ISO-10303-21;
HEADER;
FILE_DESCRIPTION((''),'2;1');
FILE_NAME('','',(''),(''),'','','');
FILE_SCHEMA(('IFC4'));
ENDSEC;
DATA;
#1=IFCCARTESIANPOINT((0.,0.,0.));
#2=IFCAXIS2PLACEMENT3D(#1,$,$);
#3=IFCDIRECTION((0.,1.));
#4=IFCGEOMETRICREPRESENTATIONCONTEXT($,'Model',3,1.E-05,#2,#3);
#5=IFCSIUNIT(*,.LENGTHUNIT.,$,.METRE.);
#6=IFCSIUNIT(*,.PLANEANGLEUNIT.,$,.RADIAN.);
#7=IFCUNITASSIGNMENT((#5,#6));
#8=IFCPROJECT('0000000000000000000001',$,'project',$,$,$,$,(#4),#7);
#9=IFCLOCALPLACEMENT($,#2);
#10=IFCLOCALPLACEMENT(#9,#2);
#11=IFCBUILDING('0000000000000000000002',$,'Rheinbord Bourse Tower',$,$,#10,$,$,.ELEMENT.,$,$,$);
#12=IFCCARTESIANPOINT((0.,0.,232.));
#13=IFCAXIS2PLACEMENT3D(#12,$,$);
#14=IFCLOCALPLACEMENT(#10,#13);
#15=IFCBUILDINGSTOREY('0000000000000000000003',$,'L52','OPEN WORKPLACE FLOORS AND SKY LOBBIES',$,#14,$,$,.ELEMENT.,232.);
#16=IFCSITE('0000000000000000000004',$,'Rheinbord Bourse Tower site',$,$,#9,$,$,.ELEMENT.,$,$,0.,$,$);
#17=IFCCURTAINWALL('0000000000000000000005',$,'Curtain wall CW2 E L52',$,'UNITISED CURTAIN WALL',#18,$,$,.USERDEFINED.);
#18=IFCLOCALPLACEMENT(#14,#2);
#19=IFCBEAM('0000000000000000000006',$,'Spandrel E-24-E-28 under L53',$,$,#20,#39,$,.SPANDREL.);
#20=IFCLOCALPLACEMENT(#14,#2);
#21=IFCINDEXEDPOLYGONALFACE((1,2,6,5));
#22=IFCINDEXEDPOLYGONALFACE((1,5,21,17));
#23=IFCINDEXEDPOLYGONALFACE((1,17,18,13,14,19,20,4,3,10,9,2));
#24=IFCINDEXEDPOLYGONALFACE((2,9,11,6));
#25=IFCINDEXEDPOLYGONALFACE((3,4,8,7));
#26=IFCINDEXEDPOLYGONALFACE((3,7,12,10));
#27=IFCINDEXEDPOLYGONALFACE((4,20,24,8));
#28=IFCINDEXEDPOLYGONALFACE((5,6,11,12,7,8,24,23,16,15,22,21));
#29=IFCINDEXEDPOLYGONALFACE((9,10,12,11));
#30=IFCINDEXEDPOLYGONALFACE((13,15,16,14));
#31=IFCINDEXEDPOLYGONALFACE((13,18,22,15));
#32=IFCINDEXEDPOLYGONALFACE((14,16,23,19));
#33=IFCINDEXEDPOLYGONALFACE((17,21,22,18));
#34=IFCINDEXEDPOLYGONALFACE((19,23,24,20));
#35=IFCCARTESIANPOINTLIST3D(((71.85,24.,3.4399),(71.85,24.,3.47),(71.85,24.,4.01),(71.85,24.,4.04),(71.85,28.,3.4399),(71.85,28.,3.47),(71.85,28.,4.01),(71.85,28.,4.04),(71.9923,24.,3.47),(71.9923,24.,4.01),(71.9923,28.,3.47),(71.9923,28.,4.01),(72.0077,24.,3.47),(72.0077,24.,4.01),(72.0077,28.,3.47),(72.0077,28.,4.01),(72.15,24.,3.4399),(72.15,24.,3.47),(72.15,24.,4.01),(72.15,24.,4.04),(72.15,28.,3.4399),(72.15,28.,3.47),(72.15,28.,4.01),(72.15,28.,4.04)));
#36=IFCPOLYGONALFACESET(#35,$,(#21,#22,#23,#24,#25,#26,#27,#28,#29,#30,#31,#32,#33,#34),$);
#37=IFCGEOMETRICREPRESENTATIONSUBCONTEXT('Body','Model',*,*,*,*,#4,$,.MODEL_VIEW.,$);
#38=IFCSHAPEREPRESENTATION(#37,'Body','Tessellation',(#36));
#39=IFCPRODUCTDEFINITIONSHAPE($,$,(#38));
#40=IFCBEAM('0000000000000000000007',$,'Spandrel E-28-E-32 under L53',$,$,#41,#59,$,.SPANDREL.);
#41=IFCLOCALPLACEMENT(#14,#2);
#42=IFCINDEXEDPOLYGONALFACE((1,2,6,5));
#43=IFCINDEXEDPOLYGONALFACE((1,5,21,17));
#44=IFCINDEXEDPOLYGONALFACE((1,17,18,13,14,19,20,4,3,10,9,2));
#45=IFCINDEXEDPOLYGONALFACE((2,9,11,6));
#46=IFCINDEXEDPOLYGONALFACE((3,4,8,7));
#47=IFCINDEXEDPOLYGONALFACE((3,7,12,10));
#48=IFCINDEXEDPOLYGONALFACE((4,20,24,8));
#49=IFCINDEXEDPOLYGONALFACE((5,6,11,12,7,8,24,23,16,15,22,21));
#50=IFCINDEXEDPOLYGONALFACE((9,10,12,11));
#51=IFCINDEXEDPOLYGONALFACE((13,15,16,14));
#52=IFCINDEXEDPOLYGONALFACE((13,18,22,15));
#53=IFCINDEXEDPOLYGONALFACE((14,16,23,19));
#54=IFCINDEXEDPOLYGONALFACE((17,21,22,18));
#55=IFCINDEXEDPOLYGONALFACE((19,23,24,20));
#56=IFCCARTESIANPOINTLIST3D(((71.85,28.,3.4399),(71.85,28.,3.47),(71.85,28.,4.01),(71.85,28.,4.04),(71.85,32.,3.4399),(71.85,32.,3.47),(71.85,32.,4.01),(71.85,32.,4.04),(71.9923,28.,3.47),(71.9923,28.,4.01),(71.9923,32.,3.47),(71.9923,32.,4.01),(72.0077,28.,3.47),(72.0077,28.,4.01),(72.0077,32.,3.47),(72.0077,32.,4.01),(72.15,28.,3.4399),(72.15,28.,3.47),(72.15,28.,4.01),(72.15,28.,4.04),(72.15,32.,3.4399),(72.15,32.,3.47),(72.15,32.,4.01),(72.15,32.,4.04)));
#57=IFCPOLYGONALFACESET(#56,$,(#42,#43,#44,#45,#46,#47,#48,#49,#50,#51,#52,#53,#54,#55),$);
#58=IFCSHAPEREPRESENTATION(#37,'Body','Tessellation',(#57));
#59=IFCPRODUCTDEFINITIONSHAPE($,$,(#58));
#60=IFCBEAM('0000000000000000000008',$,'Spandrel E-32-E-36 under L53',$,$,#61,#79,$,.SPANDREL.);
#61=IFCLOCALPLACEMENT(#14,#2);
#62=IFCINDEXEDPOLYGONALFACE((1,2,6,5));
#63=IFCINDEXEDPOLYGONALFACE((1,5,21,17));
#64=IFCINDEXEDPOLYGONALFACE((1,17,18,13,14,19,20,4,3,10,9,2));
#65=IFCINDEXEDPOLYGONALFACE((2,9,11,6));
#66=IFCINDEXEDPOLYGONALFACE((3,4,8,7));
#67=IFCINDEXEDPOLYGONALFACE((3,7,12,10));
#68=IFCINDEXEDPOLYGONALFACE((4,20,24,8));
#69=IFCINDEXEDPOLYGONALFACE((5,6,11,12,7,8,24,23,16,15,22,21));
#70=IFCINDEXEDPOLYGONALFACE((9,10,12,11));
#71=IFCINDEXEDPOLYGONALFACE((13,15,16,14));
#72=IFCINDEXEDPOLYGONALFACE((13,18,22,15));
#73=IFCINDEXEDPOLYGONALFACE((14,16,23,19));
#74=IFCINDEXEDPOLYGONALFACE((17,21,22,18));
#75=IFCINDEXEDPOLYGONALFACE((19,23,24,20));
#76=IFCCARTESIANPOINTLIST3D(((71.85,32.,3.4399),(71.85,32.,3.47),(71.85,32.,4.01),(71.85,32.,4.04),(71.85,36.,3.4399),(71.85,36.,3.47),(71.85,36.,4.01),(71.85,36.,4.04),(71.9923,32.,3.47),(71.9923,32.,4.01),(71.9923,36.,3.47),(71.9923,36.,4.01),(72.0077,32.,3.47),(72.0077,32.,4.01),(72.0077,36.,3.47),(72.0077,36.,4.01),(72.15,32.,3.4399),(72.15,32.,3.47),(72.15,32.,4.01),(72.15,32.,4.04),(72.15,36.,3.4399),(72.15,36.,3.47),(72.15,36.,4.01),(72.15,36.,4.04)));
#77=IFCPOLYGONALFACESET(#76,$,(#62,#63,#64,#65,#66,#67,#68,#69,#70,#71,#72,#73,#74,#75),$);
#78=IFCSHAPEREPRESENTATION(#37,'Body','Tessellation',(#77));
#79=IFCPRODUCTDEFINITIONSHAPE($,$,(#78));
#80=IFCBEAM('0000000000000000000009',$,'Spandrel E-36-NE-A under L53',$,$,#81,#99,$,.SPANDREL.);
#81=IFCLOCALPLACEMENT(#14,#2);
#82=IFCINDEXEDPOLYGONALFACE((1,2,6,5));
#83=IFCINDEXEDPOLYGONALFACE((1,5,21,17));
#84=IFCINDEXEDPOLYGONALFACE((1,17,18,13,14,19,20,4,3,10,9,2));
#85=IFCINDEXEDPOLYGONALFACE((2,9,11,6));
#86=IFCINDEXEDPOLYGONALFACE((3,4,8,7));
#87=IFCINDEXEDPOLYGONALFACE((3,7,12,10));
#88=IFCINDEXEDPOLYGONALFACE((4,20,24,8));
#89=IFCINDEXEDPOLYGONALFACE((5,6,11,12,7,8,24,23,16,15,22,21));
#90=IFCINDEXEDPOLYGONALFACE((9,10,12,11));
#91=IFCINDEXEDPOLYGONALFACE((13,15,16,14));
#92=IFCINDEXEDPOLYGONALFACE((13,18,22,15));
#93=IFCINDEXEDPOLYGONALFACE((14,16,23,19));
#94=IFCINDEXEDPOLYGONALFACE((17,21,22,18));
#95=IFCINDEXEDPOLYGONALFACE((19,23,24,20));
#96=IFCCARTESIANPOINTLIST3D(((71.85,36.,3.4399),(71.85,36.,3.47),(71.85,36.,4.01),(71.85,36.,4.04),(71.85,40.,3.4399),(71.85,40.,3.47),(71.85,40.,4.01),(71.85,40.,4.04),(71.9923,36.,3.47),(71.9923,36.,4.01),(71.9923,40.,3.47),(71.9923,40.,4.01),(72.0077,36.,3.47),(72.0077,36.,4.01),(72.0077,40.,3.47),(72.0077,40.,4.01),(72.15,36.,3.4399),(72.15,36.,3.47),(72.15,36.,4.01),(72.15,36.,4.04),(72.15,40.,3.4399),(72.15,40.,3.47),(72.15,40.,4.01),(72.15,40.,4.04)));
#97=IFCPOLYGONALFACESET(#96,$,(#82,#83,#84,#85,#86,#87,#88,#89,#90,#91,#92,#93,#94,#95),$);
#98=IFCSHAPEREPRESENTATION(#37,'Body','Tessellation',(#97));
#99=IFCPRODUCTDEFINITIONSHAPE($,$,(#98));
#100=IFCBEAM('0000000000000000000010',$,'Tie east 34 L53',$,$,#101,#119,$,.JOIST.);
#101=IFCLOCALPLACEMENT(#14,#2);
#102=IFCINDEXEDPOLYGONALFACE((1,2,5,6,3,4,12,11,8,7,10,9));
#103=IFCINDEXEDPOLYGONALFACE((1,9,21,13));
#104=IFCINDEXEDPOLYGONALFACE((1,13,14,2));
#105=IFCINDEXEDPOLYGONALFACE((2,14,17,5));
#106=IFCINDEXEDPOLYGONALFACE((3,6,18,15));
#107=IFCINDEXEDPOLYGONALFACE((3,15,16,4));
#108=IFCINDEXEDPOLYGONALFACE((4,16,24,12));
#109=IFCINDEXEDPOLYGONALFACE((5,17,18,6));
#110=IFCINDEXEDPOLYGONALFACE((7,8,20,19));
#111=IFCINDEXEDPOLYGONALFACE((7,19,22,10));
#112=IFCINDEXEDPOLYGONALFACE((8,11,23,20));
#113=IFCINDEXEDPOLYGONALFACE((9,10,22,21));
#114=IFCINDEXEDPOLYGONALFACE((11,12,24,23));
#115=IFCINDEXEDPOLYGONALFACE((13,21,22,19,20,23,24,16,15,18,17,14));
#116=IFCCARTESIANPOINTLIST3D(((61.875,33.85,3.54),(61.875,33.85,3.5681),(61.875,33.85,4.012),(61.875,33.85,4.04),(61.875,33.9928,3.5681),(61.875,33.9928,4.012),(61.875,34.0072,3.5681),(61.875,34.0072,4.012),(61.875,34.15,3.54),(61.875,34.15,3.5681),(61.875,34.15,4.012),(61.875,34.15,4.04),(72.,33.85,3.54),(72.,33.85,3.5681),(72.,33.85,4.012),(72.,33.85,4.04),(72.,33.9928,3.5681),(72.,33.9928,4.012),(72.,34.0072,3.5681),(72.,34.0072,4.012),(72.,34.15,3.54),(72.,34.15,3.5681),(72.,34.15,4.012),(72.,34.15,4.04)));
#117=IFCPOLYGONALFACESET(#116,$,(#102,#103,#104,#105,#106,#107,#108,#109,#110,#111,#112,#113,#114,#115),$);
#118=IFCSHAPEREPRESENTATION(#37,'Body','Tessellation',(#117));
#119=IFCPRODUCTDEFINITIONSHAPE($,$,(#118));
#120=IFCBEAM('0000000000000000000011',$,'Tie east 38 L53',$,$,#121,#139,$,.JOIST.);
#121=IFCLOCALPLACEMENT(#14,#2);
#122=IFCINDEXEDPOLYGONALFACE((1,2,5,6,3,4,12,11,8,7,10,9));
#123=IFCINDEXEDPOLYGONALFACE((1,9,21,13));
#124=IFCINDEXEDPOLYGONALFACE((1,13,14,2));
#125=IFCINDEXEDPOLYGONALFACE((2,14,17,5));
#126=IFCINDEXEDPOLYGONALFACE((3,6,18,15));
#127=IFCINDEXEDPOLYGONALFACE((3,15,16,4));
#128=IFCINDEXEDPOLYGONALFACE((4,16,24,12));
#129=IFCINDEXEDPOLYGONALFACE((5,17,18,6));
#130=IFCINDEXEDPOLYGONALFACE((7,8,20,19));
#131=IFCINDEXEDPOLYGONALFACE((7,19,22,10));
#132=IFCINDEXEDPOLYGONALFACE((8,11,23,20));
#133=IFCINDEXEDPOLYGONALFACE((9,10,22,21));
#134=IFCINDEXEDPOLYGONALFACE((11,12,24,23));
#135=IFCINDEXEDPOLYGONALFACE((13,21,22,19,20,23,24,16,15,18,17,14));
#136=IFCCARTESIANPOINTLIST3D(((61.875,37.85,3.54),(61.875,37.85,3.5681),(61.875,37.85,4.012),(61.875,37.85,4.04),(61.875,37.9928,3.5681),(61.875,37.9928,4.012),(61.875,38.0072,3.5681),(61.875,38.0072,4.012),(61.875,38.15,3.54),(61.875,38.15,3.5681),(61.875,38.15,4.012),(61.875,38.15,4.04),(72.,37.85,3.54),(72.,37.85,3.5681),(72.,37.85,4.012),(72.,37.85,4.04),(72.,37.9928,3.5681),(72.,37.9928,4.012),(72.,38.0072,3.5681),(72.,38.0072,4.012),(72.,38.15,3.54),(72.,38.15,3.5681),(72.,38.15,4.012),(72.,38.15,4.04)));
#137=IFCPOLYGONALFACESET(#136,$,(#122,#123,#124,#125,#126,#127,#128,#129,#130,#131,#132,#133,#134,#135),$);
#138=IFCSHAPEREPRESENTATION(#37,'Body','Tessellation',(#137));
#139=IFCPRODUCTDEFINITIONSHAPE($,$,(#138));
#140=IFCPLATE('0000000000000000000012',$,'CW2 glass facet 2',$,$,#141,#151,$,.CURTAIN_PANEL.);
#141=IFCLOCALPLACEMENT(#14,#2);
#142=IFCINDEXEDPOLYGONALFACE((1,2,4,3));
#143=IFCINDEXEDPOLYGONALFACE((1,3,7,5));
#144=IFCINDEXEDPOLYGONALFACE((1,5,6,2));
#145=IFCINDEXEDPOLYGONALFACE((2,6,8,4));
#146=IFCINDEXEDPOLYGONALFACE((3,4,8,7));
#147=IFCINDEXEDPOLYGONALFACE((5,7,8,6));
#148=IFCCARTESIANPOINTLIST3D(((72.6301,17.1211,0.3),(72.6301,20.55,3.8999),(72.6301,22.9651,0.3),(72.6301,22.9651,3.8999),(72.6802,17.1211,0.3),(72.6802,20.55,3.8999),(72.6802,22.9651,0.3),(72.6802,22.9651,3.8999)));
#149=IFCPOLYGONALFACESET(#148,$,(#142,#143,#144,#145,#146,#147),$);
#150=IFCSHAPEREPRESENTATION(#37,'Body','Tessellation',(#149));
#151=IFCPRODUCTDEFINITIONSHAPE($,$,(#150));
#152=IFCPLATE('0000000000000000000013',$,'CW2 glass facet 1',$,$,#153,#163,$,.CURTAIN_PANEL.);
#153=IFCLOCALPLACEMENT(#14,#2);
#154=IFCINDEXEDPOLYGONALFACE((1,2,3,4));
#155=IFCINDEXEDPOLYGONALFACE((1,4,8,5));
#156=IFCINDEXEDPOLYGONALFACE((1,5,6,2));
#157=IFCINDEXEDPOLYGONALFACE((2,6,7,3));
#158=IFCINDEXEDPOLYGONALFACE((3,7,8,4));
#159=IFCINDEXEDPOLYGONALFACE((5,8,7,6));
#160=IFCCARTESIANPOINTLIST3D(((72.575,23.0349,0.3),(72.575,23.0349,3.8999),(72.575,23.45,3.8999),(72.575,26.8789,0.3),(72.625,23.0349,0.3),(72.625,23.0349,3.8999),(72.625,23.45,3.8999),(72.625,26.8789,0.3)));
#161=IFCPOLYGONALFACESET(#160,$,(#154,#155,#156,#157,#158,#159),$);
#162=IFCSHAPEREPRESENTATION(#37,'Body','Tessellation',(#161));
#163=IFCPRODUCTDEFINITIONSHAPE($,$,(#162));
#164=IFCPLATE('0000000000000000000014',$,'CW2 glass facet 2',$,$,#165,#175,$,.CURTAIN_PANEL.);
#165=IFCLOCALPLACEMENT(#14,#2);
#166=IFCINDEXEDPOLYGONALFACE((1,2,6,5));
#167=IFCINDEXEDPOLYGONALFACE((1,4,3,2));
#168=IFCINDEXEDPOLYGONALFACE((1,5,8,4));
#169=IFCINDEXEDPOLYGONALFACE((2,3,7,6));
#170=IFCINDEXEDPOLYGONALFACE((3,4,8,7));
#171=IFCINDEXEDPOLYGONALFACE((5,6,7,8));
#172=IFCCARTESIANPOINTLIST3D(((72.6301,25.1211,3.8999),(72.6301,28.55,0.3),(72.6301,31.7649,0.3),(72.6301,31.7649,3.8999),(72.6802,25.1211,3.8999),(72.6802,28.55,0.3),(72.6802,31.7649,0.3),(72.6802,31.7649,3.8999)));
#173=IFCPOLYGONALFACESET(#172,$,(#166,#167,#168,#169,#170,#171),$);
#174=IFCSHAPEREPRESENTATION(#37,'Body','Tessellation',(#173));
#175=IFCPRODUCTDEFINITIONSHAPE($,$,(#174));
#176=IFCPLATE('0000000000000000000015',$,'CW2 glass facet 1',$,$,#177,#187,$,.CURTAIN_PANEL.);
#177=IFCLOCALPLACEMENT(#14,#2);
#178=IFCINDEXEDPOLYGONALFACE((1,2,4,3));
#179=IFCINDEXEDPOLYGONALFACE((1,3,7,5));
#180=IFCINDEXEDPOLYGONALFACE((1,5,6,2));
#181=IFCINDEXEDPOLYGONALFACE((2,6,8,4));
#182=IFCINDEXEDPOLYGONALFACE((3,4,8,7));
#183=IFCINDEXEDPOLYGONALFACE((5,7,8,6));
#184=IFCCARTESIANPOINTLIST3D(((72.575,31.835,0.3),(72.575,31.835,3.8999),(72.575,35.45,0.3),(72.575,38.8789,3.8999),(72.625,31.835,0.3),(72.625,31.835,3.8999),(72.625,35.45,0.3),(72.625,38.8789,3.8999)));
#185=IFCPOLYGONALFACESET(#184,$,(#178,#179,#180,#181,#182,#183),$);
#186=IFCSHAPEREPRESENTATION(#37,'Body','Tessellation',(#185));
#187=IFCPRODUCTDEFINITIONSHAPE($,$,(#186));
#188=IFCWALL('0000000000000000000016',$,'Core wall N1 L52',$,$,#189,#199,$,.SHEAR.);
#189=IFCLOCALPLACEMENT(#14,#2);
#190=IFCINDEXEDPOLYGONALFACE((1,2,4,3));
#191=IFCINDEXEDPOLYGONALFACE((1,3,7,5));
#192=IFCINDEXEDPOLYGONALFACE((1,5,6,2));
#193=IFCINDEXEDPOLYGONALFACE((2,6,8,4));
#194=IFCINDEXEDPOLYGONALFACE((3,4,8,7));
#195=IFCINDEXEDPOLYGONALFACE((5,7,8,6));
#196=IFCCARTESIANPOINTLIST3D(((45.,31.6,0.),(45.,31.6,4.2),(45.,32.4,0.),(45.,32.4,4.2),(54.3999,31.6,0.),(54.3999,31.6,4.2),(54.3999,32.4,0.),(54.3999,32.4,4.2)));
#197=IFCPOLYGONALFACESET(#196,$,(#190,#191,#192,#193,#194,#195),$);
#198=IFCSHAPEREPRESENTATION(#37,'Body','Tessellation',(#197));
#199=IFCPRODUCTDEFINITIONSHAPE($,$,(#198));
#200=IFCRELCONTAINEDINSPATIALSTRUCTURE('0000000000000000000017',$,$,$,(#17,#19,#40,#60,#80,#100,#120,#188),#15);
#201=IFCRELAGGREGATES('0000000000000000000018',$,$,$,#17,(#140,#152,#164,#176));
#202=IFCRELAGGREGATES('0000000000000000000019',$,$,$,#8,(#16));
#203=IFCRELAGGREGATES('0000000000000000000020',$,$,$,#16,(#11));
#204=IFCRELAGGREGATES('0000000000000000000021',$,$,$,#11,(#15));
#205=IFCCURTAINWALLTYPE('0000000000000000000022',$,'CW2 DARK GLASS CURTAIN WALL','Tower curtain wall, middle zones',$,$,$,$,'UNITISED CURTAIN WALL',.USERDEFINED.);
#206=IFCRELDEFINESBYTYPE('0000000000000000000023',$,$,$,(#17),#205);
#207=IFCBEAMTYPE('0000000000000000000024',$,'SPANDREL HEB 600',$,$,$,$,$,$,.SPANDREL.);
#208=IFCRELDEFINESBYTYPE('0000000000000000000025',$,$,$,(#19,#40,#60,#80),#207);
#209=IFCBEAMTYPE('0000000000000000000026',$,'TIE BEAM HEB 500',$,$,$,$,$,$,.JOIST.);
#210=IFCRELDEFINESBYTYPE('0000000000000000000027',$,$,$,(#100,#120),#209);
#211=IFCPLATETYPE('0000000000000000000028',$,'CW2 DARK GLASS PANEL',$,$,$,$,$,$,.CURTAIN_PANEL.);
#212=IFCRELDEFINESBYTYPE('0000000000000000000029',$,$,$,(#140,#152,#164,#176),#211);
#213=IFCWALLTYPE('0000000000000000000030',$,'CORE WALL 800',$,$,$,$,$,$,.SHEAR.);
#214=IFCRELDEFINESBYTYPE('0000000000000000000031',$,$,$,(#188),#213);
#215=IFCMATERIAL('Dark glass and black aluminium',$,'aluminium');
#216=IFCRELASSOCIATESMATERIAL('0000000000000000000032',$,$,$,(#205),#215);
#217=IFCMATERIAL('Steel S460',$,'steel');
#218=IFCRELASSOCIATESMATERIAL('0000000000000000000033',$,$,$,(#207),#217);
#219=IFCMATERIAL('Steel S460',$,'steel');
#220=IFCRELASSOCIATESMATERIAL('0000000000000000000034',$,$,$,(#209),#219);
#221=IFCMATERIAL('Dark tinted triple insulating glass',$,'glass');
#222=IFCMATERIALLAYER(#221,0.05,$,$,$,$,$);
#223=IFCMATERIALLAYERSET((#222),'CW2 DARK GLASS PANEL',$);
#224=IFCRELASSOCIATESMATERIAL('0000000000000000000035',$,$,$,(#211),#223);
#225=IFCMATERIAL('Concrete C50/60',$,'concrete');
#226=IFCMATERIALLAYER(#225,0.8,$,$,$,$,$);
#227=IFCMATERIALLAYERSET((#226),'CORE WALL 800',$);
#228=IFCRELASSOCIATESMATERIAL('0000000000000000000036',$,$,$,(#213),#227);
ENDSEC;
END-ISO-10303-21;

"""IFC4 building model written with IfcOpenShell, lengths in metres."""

from ifc_helpers import new_model, si_unit, direction, frame, frame_2d, origin, origin_2d, place, context, subcontext, project, spatial, polyline, rectangle, i_section, outline, extrude, material, layer, layer_set, material_profile, profile_set, type_object, element, aggregate, save


model = new_model("IFC4")

# Units and contexts
model_context = context("Model", 3, precision=1e-05, world=origin(), true_north=direction((0.0, 1.0)))
body_context = subcontext(model_context, "Body", "Model", "MODEL_VIEW")
ifc_project = project(units=[si_unit("LENGTHUNIT", "METRE"), si_unit("PLANEANGLEUNIT", "RADIAN")], contexts=[model_context])

# Site, building, storey
site_placement = place(None, origin())
site = spatial("IfcSite", under=ifc_project, at=site_placement, Name="Rheinbord Bourse Tower site", CompositionType="ELEMENT", RefElevation=0.0)
building_placement = place(site_placement, origin())
building = spatial("IfcBuilding", under=site, at=building_placement, Name="Rheinbord Bourse Tower", CompositionType="ELEMENT")
storey_placement = place(building_placement, frame((0.0, 0.0, 232.0)))
storey = spatial("IfcBuildingStorey", under=building, at=storey_placement, Name="L52", Description="OPEN WORKPLACE FLOORS AND SKY LOBBIES", CompositionType="ELEMENT", Elevation=232.0)

# Curtain wall
ifc_material_1 = material(Name="Dark glass and black aluminium", Category="aluminium")
curtain_wall_type = type_object("IfcCurtainWallType", Name="CW2 DARK GLASS CURTAIN WALL", Description="Tower curtain wall, middle zones", ElementType="UNITISED CURTAIN WALL", PredefinedType="USERDEFINED", material=ifc_material_1)
curtain_wall_placement = place(storey_placement, origin())
curtain_wall = element("IfcCurtainWall", 1, at=curtain_wall_placement, inside=storey, type_object=curtain_wall_type, Name="Curtain wall CW2 E L52", ObjectType="UNITISED CURTAIN WALL", PredefinedType="USERDEFINED")

# Beams
ifc_material_2 = material(Name="Steel S460", Category="steel")
ifc_material_profile_1 = material_profile(ifc_material_2, i_section(OverallWidth=0.3, OverallDepth=0.6001, WebThickness=0.0154, FlangeThickness=0.03, at=origin_2d()), Name="HEB 600")
ifc_profile_set_1 = profile_set([ifc_material_profile_1], Name="Steel S460")
beam_type_1 = type_object("IfcBeamType", Name="SPANDREL HEB 600", PredefinedType="SPANDREL", material=ifc_profile_set_1)
for number, where, z_axis, x_axis, name in (
    (2, (72.0, 24.0, 3.74), (0.0, 1.0, 0.0), (-1.0, 0.0, 0.0), "Spandrel E-24-E-28 under L53"),
    (3, (72.0, 28.0, 3.74), (0.0, 1.0, 0.0), (-1.0, 0.0, 0.0), "Spandrel E-28-E-32 under L53"),
    (4, (72.0, 32.0, 3.74), (0.0, 1.0, 0.0), (-1.0, 0.0, 0.0), "Spandrel E-32-E-36 under L53"),
    (5, (72.0, 36.0, 3.74), (0.0, 1.0, 0.0), (-1.0, 0.0, 0.0), "Spandrel E-36-NE-A under L53"),
):
    element("IfcBeam", number, at=place(storey_placement, frame(where, z_axis=z_axis, x_axis=x_axis)), inside=storey, type_object=beam_type_1, Name=name, PredefinedType="SPANDREL", context=body_context, shape_type="SweptSolid", body=[
        extrude(i_section(OverallWidth=0.3, OverallDepth=0.6001, WebThickness=0.0154, FlangeThickness=0.03, at=origin_2d()), origin(), (0.0, 0.0, 1.0), 4.0),
    ])
ifc_material_3 = material(Name="Steel S460", Category="steel")
ifc_material_profile_2 = material_profile(ifc_material_3, i_section(OverallWidth=0.3, OverallDepth=0.5, WebThickness=0.0144, FlangeThickness=0.0281, at=origin_2d()), Name="HEB 500")
ifc_profile_set_2 = profile_set([ifc_material_profile_2], Name="Steel S460")
beam_type_2 = type_object("IfcBeamType", Name="TIE BEAM HEB 500", PredefinedType="JOIST", material=ifc_profile_set_2)
for number, where, z_axis, x_axis, name in (
    (6, (61.875, 34.0, 3.79), (1.0, 0.0, 0.0), (0.0, 1.0, 0.0), "Tie east 34 L53"),
    (7, (61.875, 38.0, 3.79), (1.0, 0.0, 0.0), (0.0, 1.0, 0.0), "Tie east 38 L53"),
):
    element("IfcBeam", number, at=place(storey_placement, frame(where, z_axis=z_axis, x_axis=x_axis)), inside=storey, type_object=beam_type_2, Name=name, PredefinedType="JOIST", context=body_context, shape_type="SweptSolid", body=[
        extrude(i_section(OverallWidth=0.3, OverallDepth=0.5, WebThickness=0.0144, FlangeThickness=0.0281, at=origin_2d()), origin(), (0.0, 0.0, 1.0), 10.125),
    ])

# Plates
ifc_material_4 = material(Name="Dark tinted triple insulating glass", Category="glass")
ifc_layer_1 = layer(ifc_material_4, 0.05)
ifc_layer_set_1 = layer_set([ifc_layer_1], Name="CW2 DARK GLASS PANEL")
plate_type = type_object("IfcPlateType", Name="CW2 DARK GLASS PANEL", PredefinedType="CURTAIN_PANEL", material=ifc_layer_set_1)
plate_1_placement = place(storey_placement, frame((72.6802, 22.9651, 3.8999), z_axis=(-1.0, 0.0, 0.0), x_axis=(0.0, 0.0, -1.0)))
plate_1 = element("IfcPlate", 8, at=plate_1_placement, type_object=plate_type, Name="CW2 glass facet 2", PredefinedType="CURTAIN_PANEL", context=body_context, shape_type="SweptSolid", body=[
    extrude(outline(polyline([(0.0, 0.0), (3.5999, 0.0), (3.5999, 5.844), (0.0, 2.415), (0.0, 0.0)])), origin(), (0.0, 0.0, 1.0), 0.05),
])
plate_2_placement = place(storey_placement, frame((72.625, 23.0349, 0.3), z_axis=(-1.0, 0.0, 0.0), x_axis=(0.0, 0.0, 1.0)))
plate_2 = element("IfcPlate", 9, at=plate_2_placement, type_object=plate_type, Name="CW2 glass facet 1", PredefinedType="CURTAIN_PANEL", context=body_context, shape_type="SweptSolid", body=[
    extrude(outline(polyline([(0.0, 0.0), (3.5999, 0.0), (3.5999, 0.415), (0.0, 3.844), (0.0, 0.0)])), origin(), (0.0, 0.0, 1.0), 0.05),
])
plate_3_placement = place(storey_placement, frame((72.6802, 31.7649, 3.8999), z_axis=(-1.0, 0.0, 0.0), x_axis=(0.0, 0.0, -1.0)))
plate_3 = element("IfcPlate", 10, at=plate_3_placement, type_object=plate_type, Name="CW2 glass facet 2", PredefinedType="CURTAIN_PANEL", context=body_context, shape_type="SweptSolid", body=[
    extrude(outline(polyline([(0.0, 0.0), (3.5999, 0.0), (3.5999, 3.2148), (0.0, 6.6438), (0.0, 0.0)])), origin(), (0.0, 0.0, 1.0), 0.05),
])
plate_4_placement = place(storey_placement, frame((72.625, 31.835, 0.3), z_axis=(-1.0, 0.0, 0.0), x_axis=(0.0, 0.0, 1.0)))
plate_4 = element("IfcPlate", 11, at=plate_4_placement, type_object=plate_type, Name="CW2 glass facet 1", PredefinedType="CURTAIN_PANEL", context=body_context, shape_type="SweptSolid", body=[
    extrude(outline(polyline([(0.0, 0.0), (3.5999, 0.0), (3.5999, 7.0439), (0.0, 3.615), (0.0, 0.0)])), origin(), (0.0, 0.0, 1.0), 0.05),
])
aggregate(curtain_wall, [plate_1, plate_2, plate_3, plate_4])

# Wall
ifc_material_5 = material(Name="Concrete C50/60", Category="concrete")
ifc_layer_2 = layer(ifc_material_5, 0.8)
ifc_layer_set_2 = layer_set([ifc_layer_2], Name="CORE WALL 800")
wall_type_1 = type_object("IfcWallType", Name="CORE WALL 800", PredefinedType="SHEAR", material=ifc_layer_set_2)
wall_1_placement = place(storey_placement, frame((54.3999, 32.0, 0.0), z_axis=(0.0, 0.0, 1.0), x_axis=(-1.0, 0.0, 0.0)))
element("IfcWall", 12, at=wall_1_placement, inside=storey, type_object=wall_type_1, Name="Core wall N1 L52", PredefinedType="SHEAR", context=body_context, shape_type="SweptSolid", body=[
    extrude(rectangle(XDim=9.3999, YDim=0.8, at=frame_2d((4.7, 0.0))), origin(), (0.0, 0.0, 1.0), 4.2),
])

save(model, "model.ifc")
